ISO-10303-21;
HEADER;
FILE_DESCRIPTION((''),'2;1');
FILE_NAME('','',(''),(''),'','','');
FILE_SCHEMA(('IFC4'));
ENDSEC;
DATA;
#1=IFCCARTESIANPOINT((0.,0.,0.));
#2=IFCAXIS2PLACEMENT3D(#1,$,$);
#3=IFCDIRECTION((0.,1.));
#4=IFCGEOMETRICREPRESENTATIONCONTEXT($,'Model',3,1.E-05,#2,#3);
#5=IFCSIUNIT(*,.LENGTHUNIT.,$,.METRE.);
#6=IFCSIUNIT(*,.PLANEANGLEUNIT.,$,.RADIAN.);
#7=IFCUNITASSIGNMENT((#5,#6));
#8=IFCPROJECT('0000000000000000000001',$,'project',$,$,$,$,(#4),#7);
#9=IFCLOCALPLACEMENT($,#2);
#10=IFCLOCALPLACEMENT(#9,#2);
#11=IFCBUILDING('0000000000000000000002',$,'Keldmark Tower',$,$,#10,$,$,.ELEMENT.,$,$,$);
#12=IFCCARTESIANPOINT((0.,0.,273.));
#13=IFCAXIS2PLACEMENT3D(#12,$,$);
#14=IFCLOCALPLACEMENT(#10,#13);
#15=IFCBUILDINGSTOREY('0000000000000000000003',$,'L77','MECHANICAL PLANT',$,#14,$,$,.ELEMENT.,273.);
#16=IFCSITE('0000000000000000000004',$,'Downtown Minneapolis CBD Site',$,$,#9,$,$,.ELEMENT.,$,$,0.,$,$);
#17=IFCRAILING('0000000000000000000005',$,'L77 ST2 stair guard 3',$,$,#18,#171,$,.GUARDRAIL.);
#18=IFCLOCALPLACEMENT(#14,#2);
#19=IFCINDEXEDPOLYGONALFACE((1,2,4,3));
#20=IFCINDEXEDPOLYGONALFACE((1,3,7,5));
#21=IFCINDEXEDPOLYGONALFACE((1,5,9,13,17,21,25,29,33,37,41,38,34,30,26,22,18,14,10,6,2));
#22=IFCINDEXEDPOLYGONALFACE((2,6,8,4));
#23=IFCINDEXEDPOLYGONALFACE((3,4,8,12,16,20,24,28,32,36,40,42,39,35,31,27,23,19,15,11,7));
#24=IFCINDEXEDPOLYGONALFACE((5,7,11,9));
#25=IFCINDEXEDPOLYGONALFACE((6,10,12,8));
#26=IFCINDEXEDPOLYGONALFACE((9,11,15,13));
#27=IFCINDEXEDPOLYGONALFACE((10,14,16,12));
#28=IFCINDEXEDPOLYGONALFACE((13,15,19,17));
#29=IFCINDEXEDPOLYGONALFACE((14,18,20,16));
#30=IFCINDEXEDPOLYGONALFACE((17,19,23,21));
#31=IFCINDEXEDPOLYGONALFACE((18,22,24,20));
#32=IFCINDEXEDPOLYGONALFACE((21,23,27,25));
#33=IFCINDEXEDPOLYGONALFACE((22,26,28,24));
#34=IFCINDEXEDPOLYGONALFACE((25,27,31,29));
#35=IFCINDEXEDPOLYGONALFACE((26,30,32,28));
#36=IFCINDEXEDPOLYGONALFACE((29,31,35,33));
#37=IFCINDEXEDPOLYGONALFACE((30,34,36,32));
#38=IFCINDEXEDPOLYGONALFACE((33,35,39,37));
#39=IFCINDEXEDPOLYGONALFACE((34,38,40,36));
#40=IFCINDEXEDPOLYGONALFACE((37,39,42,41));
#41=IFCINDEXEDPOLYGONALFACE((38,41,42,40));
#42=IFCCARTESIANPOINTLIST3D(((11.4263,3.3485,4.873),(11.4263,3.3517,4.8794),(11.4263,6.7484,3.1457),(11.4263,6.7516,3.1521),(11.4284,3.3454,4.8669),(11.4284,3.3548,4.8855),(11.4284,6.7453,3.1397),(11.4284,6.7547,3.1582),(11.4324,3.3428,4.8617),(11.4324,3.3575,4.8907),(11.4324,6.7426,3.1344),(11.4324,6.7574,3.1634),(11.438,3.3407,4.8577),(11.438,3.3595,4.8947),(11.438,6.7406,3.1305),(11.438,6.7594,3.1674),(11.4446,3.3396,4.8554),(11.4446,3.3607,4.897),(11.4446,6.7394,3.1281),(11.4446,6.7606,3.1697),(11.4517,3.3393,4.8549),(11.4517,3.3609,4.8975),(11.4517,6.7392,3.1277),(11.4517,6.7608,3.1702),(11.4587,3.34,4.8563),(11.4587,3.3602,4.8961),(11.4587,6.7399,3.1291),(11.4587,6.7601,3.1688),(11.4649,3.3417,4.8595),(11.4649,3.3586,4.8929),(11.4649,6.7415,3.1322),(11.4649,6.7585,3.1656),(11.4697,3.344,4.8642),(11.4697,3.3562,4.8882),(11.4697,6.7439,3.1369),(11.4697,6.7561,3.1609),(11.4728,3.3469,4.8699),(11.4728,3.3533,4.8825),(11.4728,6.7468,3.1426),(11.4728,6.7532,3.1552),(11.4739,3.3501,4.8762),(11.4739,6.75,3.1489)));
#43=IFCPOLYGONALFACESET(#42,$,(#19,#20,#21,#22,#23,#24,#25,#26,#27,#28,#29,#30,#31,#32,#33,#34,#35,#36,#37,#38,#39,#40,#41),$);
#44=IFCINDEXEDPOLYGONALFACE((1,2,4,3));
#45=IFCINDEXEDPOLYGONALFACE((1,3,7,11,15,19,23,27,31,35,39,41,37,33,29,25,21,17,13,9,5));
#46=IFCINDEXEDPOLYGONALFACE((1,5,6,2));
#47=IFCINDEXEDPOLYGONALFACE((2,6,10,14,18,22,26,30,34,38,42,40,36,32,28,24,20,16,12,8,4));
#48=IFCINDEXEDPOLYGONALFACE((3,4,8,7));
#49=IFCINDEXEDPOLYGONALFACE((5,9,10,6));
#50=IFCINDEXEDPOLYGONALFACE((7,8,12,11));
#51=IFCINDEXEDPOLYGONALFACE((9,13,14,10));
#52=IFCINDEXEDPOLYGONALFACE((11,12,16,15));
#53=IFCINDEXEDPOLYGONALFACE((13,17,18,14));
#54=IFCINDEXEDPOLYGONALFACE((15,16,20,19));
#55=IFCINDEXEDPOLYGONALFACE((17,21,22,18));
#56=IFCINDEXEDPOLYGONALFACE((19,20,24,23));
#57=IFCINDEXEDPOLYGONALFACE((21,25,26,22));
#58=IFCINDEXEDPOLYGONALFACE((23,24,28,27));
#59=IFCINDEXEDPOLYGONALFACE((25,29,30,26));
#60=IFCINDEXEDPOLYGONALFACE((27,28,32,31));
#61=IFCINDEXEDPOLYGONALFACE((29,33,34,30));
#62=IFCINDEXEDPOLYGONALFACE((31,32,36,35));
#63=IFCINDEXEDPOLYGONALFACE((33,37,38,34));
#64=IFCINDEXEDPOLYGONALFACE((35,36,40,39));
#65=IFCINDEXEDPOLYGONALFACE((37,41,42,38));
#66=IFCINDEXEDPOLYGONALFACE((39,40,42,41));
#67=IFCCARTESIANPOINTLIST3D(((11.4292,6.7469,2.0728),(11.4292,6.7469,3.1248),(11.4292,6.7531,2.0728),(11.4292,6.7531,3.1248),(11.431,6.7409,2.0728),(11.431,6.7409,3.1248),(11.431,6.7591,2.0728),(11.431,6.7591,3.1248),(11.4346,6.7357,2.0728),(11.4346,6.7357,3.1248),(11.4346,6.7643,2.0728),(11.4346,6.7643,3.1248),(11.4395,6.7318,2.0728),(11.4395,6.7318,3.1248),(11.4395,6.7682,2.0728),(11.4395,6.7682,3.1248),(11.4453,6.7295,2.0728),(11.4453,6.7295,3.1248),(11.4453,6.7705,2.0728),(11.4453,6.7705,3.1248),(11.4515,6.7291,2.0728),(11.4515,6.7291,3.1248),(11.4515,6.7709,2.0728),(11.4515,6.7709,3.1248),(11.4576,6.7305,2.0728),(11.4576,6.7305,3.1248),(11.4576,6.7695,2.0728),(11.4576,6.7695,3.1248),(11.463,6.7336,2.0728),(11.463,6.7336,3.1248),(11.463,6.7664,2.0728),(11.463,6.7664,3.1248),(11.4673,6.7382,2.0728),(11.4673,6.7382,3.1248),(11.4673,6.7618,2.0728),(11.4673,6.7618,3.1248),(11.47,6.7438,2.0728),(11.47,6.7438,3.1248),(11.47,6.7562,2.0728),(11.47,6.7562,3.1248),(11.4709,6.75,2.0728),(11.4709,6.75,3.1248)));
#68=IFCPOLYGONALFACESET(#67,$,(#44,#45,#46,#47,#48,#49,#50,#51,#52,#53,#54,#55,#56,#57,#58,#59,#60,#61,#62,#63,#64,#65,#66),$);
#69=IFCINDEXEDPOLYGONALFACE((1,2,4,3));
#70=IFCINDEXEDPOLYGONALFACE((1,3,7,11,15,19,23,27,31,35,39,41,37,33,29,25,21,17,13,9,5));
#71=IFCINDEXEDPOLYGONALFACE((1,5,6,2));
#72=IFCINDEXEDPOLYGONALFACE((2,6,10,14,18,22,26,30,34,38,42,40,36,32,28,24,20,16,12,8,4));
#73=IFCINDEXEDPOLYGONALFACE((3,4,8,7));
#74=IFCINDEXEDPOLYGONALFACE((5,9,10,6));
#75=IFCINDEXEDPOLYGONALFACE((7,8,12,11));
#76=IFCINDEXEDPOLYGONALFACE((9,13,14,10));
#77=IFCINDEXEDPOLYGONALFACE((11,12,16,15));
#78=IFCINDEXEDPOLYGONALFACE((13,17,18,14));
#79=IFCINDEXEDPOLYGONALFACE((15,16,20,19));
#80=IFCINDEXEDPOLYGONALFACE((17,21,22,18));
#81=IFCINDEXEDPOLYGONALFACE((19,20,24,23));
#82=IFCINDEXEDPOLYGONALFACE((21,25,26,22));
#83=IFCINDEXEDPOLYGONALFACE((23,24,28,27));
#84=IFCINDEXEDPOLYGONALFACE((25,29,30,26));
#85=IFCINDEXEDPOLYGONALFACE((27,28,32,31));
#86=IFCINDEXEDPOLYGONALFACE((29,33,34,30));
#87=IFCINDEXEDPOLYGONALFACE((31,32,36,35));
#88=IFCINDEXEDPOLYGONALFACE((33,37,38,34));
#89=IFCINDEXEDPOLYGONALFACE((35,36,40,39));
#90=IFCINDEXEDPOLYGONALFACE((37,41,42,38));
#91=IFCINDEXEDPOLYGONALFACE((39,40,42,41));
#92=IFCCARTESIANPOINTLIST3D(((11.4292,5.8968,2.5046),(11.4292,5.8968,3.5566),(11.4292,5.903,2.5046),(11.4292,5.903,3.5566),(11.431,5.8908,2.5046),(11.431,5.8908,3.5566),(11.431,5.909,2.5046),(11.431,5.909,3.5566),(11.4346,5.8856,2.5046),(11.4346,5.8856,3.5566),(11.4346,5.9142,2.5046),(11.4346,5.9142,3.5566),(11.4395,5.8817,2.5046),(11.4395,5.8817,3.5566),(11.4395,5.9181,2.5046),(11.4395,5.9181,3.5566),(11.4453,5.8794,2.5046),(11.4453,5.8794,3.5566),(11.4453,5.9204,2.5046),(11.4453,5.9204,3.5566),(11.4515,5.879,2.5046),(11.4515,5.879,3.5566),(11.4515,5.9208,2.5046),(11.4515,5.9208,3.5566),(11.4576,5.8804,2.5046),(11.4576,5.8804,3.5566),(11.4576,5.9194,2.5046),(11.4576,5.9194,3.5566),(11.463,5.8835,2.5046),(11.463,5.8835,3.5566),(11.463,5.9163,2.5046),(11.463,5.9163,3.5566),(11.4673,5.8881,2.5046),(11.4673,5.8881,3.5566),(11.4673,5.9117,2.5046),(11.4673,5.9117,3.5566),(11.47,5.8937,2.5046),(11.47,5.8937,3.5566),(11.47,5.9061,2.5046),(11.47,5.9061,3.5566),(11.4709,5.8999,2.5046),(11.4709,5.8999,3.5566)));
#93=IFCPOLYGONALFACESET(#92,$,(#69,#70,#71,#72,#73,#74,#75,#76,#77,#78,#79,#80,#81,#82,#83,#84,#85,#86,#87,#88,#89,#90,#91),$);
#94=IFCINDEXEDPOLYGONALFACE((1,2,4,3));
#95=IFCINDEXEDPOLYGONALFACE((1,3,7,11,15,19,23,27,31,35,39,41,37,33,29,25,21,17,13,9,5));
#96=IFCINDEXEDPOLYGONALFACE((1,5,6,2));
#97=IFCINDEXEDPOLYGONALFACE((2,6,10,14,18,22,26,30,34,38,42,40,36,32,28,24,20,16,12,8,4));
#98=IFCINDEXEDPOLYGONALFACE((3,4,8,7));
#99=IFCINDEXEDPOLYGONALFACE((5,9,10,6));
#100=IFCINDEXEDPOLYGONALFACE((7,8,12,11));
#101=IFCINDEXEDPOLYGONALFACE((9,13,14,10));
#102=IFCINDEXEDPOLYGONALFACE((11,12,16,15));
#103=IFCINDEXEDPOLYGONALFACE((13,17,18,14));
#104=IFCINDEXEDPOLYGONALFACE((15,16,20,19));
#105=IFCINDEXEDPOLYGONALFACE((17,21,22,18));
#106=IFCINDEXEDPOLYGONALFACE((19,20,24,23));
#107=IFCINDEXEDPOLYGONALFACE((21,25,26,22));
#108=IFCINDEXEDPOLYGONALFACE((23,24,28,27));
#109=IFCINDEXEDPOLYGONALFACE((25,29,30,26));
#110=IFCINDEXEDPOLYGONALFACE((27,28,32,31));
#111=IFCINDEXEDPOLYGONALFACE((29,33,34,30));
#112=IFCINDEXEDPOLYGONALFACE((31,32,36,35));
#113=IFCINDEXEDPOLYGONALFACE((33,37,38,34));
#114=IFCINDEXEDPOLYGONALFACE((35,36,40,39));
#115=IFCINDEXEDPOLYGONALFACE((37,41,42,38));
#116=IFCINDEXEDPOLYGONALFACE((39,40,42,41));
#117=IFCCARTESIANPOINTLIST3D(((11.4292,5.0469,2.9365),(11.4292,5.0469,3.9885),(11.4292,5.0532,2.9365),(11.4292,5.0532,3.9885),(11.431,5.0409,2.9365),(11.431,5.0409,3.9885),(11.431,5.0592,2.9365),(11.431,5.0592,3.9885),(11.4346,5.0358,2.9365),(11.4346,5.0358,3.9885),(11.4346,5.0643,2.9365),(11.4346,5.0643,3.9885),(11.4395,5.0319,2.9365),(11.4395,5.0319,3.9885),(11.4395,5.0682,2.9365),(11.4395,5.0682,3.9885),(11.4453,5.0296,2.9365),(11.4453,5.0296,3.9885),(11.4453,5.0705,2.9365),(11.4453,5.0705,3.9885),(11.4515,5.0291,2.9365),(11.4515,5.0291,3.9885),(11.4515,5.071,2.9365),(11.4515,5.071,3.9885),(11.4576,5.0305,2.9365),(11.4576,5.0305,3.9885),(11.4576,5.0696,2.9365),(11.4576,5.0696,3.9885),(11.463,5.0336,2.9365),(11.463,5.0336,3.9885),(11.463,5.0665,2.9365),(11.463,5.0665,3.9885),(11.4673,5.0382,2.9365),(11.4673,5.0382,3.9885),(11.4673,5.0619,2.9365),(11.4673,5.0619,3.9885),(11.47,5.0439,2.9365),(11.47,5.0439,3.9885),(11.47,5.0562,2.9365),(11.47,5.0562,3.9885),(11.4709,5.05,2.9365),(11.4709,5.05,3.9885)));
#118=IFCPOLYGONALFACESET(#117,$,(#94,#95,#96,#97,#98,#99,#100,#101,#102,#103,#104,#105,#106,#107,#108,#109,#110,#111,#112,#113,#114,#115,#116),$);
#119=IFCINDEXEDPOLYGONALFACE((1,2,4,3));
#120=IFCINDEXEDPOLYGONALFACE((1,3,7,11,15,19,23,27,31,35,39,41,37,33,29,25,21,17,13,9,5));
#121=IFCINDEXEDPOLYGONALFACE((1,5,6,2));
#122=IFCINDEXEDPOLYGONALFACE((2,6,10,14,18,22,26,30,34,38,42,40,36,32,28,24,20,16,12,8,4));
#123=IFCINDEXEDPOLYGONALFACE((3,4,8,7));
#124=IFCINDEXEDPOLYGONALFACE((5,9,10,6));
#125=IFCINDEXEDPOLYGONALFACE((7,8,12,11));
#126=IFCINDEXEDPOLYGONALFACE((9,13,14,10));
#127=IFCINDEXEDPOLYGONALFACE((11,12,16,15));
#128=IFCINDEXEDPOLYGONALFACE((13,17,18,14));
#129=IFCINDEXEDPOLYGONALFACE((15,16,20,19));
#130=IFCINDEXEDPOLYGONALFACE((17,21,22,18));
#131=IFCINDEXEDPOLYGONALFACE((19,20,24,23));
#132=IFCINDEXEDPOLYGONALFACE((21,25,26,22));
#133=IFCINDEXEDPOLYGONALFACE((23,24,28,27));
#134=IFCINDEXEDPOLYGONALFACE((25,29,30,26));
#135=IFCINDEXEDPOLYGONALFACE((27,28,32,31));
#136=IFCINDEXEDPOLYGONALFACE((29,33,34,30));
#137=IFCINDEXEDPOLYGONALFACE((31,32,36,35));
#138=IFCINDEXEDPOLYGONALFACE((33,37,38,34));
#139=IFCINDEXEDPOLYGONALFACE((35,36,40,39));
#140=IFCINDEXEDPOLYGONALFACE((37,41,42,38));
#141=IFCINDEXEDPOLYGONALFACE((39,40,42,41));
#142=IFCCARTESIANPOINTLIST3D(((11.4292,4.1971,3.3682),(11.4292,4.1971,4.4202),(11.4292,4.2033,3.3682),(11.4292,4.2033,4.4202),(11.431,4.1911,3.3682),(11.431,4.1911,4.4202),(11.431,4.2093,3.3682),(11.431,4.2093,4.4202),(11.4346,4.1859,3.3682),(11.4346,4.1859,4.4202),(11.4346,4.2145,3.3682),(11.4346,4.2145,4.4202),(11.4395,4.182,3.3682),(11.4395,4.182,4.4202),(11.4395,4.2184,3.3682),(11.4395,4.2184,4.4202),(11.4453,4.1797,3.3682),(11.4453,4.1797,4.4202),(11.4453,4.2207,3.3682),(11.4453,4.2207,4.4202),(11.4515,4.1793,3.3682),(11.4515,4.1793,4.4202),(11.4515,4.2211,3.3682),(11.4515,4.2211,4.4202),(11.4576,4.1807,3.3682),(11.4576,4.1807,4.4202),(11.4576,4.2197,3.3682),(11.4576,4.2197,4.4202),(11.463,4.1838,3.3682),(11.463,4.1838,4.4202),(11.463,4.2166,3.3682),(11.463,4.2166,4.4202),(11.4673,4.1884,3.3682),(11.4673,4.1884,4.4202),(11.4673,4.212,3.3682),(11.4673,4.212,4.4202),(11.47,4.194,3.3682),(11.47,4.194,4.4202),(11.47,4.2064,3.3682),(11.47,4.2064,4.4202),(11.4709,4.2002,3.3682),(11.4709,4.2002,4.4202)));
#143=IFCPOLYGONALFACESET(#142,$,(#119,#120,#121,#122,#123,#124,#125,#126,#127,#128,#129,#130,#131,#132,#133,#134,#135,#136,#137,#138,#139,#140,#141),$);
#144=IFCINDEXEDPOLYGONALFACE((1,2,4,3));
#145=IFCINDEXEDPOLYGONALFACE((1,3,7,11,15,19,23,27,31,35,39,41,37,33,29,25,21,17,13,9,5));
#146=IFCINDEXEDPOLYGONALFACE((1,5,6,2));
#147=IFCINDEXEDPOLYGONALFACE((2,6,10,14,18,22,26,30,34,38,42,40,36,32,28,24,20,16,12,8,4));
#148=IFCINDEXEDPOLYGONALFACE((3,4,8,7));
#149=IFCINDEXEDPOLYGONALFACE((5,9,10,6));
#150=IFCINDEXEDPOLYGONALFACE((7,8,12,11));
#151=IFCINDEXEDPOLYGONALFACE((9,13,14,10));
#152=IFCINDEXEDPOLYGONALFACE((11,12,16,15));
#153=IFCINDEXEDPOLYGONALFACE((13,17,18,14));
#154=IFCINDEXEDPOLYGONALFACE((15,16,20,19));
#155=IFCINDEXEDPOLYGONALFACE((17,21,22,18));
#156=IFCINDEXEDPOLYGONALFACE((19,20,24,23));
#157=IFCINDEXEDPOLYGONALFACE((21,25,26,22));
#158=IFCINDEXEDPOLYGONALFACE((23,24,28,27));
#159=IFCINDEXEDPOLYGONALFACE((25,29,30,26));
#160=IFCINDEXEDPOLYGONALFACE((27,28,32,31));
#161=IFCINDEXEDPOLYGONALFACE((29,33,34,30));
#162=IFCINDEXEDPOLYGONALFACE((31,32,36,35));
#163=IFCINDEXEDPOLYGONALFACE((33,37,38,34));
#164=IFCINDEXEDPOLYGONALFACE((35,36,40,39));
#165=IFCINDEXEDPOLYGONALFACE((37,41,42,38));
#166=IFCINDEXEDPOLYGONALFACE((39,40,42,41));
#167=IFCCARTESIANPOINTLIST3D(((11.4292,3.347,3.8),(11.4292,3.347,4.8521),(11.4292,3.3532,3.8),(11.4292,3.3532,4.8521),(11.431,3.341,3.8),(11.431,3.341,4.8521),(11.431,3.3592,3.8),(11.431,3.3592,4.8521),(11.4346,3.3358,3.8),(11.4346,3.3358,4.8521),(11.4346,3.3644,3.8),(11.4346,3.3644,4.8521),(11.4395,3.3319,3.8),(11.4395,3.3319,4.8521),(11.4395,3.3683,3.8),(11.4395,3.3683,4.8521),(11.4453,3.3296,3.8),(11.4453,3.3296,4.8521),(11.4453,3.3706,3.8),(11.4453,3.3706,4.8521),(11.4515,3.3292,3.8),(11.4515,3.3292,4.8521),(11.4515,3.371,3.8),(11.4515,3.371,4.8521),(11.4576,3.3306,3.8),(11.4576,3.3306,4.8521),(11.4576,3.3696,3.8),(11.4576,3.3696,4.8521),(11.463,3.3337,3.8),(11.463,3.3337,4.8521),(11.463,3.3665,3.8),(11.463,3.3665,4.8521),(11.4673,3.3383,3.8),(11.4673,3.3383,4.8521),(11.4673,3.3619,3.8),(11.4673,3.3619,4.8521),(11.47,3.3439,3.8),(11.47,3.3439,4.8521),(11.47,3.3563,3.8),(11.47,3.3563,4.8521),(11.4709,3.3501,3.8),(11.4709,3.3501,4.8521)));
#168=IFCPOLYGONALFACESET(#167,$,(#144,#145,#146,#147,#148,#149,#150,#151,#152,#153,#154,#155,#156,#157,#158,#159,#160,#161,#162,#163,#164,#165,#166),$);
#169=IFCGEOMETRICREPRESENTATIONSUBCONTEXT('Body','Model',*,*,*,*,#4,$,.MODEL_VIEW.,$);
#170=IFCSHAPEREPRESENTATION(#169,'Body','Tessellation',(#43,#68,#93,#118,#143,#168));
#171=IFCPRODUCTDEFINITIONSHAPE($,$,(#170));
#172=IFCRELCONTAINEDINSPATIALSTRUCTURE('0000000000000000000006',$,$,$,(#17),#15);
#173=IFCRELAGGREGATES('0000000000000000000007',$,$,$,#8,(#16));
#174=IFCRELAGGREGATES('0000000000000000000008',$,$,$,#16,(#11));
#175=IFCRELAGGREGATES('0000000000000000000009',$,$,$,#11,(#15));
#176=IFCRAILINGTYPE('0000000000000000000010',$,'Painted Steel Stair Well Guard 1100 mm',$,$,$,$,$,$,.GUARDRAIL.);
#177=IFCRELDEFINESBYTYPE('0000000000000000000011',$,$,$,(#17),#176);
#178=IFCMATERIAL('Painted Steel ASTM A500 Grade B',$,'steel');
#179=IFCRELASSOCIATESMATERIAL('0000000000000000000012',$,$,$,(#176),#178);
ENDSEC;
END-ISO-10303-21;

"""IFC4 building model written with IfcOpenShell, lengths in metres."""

from ifc_helpers import new_model, si_unit, direction, frame, origin, origin_2d, place, context, subcontext, project, spatial, circle, extrude, material, type_object, element, save


model = new_model("IFC4")

# Units and contexts
model_context = context("Model", 3, precision=1e-05, world=origin(), true_north=direction((0.0, 1.0)))
body_context = subcontext(model_context, "Body", "Model", "MODEL_VIEW")
ifc_project = project(units=[si_unit("LENGTHUNIT", "METRE"), si_unit("PLANEANGLEUNIT", "RADIAN")], contexts=[model_context])

# Site, building, storey
site_placement = place(None, origin())
site = spatial("IfcSite", under=ifc_project, at=site_placement, Name="Downtown Minneapolis CBD Site", CompositionType="ELEMENT", RefElevation=0.0)
building_placement = place(site_placement, origin())
building = spatial("IfcBuilding", under=site, at=building_placement, Name="Keldmark Tower", CompositionType="ELEMENT")
storey_placement = place(building_placement, frame((0.0, 0.0, 273.0)))
storey = spatial("IfcBuildingStorey", under=building, at=storey_placement, Name="L77", Description="MECHANICAL PLANT", CompositionType="ELEMENT", Elevation=273.0)

# Railing
ifc_material_1 = material(Name="Painted Steel ASTM A500 Grade B", Category="steel")
railing_type_1 = type_object("IfcRailingType", Name="Painted Steel Stair Well Guard 1100 mm", PredefinedType="GUARDRAIL", material=ifc_material_1)
railing_1_placement = place(storey_placement, frame((11.45, 6.75, 2.0728)))
element("IfcRailing", 1, at=railing_1_placement, inside=storey, type_object=railing_type_1, Name="L77 ST2 stair guard 3", PredefinedType="GUARDRAIL", context=body_context, shape_type="SweptSolid", body=[
    extrude(circle(Radius=0.0239, at=origin_2d()), frame((0.0, 0.0, 1.0762), z_axis=(0.0, -0.891541, 0.452941), x_axis=(1.0, 0.0, 0.0)), (0.0, 0.0, 1.0), 3.8135),
    extrude(circle(Radius=0.021, at=origin_2d()), origin(), (0.0, 0.0, 1.0), 1.052),
    extrude(circle(Radius=0.021, at=origin_2d()), frame((0.0, -0.8501, 0.4319)), (0.0, 0.0, 1.0), 1.052),
    extrude(circle(Radius=0.021, at=origin_2d()), frame((0.0, -1.7, 0.8638)), (0.0, 0.0, 1.0), 1.052),
    extrude(circle(Radius=0.021, at=origin_2d()), frame((0.0, -2.5498, 1.2954)), (0.0, 0.0, 1.0), 1.052),
    extrude(circle(Radius=0.021, at=origin_2d()), frame((0.0, -3.3999, 1.7273)), (0.0, 0.0, 1.0), 1.052),
])

save(model, "model.ifc")
